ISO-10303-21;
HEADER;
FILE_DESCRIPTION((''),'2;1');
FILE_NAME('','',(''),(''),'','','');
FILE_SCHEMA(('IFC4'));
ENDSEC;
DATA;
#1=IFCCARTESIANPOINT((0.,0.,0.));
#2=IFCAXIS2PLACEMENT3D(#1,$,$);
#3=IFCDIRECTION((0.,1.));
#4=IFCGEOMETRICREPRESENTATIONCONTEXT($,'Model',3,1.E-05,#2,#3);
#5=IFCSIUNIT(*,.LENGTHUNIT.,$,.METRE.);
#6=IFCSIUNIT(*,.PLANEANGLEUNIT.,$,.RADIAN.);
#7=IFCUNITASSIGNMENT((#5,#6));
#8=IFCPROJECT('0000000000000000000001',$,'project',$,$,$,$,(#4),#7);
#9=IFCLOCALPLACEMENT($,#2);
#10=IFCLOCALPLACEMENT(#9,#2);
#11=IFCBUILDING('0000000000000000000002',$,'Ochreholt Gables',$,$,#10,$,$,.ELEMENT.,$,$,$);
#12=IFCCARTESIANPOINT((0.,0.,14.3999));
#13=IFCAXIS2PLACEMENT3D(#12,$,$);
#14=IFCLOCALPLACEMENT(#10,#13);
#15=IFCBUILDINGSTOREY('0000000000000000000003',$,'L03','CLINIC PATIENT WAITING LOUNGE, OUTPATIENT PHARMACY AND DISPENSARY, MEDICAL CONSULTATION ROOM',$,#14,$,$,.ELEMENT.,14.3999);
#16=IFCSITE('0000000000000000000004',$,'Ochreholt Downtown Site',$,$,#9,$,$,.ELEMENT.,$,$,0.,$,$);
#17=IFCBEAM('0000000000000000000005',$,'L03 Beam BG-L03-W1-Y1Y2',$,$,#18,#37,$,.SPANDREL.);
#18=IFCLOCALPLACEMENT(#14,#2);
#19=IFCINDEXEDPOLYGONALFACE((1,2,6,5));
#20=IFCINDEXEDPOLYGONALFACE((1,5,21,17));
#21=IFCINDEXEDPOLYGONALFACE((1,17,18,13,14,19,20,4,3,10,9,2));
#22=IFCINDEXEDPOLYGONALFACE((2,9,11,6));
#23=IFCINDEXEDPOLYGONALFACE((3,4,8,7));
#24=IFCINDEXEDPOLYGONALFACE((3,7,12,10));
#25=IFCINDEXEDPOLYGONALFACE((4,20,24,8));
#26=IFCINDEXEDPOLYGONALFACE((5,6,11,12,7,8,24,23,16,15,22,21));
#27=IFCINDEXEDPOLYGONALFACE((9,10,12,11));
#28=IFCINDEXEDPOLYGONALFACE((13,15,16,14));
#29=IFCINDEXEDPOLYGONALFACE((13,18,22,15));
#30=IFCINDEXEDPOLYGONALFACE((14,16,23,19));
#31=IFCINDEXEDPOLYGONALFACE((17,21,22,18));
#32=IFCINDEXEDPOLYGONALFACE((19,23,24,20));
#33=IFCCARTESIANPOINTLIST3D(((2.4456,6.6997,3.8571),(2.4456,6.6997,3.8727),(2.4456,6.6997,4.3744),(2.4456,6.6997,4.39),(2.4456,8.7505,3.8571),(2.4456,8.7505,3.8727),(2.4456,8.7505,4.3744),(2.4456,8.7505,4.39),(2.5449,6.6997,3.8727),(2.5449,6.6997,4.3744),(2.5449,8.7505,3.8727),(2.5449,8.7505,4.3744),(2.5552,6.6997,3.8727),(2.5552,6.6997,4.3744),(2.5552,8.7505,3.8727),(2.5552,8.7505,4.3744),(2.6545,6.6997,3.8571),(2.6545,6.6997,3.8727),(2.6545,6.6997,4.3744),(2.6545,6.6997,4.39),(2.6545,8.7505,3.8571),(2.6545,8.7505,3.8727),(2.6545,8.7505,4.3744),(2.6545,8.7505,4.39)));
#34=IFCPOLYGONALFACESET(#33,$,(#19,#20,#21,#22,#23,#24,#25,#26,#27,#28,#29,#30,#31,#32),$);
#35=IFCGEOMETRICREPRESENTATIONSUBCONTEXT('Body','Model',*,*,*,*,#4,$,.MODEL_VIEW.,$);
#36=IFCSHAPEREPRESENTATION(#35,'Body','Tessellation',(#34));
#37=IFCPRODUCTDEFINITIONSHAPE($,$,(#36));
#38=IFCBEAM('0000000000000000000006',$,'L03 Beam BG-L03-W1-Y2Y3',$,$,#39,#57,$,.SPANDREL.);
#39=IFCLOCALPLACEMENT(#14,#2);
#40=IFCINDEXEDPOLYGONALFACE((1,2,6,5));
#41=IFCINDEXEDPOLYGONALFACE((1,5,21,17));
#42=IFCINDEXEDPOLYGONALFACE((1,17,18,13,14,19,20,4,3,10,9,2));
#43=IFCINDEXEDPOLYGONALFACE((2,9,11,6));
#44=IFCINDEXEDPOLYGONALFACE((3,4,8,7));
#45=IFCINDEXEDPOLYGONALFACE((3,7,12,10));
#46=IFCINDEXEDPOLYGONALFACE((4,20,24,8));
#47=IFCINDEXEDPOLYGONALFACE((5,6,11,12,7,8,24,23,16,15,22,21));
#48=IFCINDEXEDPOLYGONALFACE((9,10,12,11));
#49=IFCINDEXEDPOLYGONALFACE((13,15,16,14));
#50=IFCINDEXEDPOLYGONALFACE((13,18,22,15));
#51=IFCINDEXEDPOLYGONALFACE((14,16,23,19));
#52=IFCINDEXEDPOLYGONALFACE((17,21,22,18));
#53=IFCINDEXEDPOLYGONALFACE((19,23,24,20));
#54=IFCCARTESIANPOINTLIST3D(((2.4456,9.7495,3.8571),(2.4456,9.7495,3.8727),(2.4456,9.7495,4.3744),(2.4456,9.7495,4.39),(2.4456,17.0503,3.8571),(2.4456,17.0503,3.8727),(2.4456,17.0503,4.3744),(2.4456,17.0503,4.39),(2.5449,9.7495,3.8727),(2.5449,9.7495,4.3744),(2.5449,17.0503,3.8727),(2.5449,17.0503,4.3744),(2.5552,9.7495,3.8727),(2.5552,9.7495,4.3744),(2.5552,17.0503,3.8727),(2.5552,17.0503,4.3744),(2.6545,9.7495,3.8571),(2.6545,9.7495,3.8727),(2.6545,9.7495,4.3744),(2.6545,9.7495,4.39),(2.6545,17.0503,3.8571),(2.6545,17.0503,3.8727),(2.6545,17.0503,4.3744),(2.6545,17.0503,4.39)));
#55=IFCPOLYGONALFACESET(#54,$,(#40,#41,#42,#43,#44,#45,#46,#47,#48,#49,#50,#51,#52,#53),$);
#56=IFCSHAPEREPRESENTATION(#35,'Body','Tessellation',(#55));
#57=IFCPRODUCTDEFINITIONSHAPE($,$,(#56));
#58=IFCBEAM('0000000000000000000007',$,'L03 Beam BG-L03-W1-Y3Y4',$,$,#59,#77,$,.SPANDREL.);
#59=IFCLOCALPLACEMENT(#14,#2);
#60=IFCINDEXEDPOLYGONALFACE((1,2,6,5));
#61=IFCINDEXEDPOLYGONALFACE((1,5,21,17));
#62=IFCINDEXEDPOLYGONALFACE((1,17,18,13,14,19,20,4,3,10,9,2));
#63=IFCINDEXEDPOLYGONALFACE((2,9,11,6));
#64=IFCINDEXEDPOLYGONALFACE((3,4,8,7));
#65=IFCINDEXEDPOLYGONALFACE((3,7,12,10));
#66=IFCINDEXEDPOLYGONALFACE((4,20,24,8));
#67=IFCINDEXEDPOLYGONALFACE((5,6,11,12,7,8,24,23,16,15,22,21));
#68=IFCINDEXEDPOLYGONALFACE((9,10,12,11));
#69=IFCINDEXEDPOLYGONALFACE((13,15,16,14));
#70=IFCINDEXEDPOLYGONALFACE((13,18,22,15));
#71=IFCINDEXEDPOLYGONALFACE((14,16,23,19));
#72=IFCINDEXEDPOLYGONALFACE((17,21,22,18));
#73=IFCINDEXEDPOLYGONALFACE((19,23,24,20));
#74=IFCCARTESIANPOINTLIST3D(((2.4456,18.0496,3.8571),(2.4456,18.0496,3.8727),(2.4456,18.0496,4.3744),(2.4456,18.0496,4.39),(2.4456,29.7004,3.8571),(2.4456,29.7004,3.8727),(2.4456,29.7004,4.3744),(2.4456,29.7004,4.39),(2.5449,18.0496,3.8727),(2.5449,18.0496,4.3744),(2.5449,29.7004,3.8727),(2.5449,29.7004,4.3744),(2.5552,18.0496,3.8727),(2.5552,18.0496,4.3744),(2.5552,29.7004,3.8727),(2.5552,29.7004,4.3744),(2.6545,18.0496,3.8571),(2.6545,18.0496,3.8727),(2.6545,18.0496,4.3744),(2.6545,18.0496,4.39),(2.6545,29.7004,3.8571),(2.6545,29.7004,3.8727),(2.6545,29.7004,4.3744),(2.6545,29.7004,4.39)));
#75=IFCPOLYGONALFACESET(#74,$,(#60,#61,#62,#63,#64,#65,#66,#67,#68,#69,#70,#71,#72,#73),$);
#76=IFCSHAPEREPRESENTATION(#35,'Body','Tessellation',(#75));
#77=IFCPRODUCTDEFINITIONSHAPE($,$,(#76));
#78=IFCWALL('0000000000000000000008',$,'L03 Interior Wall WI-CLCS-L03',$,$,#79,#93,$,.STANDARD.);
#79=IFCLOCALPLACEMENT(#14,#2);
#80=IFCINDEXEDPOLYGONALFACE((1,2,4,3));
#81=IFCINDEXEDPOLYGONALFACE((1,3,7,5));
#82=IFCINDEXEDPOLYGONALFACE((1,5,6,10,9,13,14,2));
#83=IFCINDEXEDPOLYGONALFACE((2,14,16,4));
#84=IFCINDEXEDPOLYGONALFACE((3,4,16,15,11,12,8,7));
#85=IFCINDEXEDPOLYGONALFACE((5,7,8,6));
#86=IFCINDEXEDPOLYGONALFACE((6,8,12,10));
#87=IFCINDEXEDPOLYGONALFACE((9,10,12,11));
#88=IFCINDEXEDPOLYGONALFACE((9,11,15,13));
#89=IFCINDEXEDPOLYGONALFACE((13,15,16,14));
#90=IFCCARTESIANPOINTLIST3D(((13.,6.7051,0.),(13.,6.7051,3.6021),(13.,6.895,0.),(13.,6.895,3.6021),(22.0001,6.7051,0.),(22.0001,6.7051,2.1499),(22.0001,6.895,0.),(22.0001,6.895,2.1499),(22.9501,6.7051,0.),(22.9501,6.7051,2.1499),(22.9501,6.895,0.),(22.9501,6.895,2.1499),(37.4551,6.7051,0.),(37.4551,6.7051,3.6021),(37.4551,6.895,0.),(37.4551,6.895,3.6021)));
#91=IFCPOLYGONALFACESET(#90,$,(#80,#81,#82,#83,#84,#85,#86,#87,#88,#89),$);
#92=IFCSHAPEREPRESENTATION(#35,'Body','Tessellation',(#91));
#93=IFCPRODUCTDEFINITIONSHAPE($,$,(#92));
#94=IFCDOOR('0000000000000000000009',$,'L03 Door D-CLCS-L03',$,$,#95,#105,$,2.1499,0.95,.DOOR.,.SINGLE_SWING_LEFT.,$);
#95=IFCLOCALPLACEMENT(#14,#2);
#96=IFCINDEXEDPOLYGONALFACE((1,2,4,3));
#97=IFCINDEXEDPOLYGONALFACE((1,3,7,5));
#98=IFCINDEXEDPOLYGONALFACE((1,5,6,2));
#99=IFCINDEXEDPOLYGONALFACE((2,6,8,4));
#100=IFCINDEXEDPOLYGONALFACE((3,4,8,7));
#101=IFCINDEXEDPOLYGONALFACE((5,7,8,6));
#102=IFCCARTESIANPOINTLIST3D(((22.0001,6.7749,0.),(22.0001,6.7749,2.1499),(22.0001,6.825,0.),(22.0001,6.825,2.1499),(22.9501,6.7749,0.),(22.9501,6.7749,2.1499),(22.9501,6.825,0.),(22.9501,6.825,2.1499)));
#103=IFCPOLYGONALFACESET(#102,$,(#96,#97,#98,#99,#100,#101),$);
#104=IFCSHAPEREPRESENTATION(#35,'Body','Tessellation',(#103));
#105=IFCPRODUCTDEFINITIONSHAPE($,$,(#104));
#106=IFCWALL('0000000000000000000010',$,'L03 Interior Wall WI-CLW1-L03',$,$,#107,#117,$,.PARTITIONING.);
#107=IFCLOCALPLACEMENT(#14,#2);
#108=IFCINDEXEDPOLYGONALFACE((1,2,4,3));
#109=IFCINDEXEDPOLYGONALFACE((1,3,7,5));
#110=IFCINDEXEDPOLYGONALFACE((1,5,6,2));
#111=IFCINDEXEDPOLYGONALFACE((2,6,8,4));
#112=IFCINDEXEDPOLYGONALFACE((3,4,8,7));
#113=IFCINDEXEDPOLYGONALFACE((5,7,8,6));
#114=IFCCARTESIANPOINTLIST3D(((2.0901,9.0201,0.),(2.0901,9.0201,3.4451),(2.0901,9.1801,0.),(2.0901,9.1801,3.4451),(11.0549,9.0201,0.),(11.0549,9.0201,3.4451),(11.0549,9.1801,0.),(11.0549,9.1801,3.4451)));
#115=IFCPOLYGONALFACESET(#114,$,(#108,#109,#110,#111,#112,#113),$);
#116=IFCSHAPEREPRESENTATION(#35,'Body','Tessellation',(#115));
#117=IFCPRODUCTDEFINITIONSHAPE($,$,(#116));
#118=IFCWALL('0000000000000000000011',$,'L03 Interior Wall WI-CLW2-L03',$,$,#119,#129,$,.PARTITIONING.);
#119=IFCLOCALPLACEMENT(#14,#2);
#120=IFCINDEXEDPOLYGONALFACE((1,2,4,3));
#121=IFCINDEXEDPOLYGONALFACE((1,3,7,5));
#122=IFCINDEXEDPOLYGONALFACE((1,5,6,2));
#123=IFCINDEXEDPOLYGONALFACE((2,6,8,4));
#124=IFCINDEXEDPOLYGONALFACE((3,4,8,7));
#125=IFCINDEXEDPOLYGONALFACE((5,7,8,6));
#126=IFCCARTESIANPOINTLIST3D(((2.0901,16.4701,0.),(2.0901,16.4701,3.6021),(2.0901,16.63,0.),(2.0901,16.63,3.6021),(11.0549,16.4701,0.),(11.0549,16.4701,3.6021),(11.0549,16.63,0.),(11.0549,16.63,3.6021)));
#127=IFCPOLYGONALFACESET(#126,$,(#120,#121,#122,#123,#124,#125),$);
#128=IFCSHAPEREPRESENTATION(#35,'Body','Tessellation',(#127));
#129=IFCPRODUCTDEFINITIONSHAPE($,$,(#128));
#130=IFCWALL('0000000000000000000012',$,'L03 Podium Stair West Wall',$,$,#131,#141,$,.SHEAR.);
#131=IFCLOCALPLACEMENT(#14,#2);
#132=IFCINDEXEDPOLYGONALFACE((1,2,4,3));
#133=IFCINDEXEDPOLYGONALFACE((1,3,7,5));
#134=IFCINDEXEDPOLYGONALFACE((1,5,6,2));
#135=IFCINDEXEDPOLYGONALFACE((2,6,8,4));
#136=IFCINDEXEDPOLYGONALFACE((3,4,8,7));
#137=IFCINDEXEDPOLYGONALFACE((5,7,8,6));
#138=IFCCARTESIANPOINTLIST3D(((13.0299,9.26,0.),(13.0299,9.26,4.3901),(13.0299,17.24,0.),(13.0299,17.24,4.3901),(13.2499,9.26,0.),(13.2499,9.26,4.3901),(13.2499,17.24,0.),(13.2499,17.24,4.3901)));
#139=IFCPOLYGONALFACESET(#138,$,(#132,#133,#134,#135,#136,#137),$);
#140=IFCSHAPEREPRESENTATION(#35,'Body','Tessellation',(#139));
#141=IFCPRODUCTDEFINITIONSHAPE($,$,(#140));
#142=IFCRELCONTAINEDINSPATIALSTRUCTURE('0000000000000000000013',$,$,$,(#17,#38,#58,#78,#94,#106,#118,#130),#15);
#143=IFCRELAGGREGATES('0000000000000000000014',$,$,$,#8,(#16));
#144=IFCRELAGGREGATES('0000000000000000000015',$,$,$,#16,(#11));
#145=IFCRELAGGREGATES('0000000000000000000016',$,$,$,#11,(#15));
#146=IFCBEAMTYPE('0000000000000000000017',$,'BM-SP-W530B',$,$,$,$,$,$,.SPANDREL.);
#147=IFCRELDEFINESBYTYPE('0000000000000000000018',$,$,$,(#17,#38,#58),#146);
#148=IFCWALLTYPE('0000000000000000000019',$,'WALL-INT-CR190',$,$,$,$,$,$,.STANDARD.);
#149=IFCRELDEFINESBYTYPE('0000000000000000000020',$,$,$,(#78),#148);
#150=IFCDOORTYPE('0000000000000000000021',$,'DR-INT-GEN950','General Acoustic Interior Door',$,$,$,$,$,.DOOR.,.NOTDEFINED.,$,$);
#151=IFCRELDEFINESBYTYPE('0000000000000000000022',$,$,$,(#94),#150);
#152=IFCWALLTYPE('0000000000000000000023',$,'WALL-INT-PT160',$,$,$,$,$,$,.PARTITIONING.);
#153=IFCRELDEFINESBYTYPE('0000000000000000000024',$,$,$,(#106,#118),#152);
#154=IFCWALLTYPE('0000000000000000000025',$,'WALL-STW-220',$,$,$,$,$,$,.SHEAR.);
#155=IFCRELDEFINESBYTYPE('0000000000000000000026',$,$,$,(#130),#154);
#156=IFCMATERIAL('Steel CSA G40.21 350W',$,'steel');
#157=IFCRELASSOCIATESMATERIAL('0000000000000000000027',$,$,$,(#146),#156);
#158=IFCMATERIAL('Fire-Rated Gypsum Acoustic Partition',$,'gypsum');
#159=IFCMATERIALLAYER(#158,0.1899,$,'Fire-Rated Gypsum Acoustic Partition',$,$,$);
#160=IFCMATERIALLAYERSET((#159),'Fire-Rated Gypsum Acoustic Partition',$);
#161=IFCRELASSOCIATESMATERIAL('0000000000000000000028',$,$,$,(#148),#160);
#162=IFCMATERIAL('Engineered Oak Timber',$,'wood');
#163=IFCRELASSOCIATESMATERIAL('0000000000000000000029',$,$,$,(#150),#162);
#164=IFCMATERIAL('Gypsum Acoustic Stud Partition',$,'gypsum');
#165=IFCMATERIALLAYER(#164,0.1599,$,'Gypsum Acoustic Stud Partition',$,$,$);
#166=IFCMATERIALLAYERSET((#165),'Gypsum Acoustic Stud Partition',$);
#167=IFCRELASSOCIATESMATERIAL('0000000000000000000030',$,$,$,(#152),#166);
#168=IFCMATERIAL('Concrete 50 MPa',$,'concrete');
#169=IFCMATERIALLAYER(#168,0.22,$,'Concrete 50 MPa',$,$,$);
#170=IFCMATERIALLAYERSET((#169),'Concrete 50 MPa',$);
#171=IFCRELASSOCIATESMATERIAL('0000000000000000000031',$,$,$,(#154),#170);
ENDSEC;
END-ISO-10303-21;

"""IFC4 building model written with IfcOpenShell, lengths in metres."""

from ifc_helpers import new_model, si_unit, direction, frame, frame_2d, origin, origin_2d, place, context, subcontext, project, spatial, rectangle, i_section, extrude, material, layer, layer_set, material_profile, profile_set, type_object, element, fill, save


model = new_model("IFC4")

# Units and contexts
model_context = context("Model", 3, precision=1e-05, world=origin(), true_north=direction((0.0, 1.0)))
body_context = subcontext(model_context, "Body", "Model", "MODEL_VIEW")
ifc_project = project(units=[si_unit("LENGTHUNIT", "METRE"), si_unit("PLANEANGLEUNIT", "RADIAN")], contexts=[model_context])

# Site, building, storey
site_placement = place(None, origin())
site = spatial("IfcSite", under=ifc_project, at=site_placement, Name="Ochreholt Downtown Site", CompositionType="ELEMENT", RefElevation=0.0)
building_placement = place(site_placement, origin())
building = spatial("IfcBuilding", under=site, at=building_placement, Name="Ochreholt Gables", CompositionType="ELEMENT")
storey_placement = place(building_placement, frame((0.0, 0.0, 14.3999)))
storey = spatial("IfcBuildingStorey", under=building, at=storey_placement, Name="L03", Description="CLINIC PATIENT WAITING LOUNGE, OUTPATIENT PHARMACY AND DISPENSARY, MEDICAL CONSULTATION ROOM", CompositionType="ELEMENT", Elevation=14.3999)

# Beams
ifc_material_1 = material(Name="Steel CSA G40.21 350W", Category="steel")
ifc_material_profile_1 = material_profile(ifc_material_1, i_section(OverallWidth=0.209, OverallDepth=0.533, WebThickness=0.0103, FlangeThickness=0.0156, at=origin_2d()), Name="W530X92")
ifc_profile_set_1 = profile_set([ifc_material_profile_1], Name="Steel CSA G40.21 350W")
beam_type_1 = type_object("IfcBeamType", Name="BM-SP-W530B", PredefinedType="SPANDREL", material=ifc_profile_set_1)
beam_1_placement = place(storey_placement, frame((2.55, 6.6997, 4.1235), z_axis=(0.0, 1.0, 0.0), x_axis=(-1.0, 0.0, 0.0)))
element("IfcBeam", 1, at=beam_1_placement, inside=storey, type_object=beam_type_1, Name="L03 Beam BG-L03-W1-Y1Y2", PredefinedType="SPANDREL", context=body_context, shape_type="SweptSolid", body=[
    extrude(i_section(OverallWidth=0.209, OverallDepth=0.533, WebThickness=0.0103, FlangeThickness=0.0156, at=origin_2d()), origin(), (0.0, 0.0, 1.0), 2.0508),
])
beam_2_placement = place(storey_placement, frame((2.55, 9.7495, 4.1235), z_axis=(0.0, 1.0, 0.0), x_axis=(-1.0, 0.0, 0.0)))
element("IfcBeam", 2, at=beam_2_placement, inside=storey, type_object=beam_type_1, Name="L03 Beam BG-L03-W1-Y2Y3", PredefinedType="SPANDREL", context=body_context, shape_type="SweptSolid", body=[
    extrude(i_section(OverallWidth=0.209, OverallDepth=0.533, WebThickness=0.0103, FlangeThickness=0.0156, at=origin_2d()), origin(), (0.0, 0.0, 1.0), 7.3008),
])
beam_3_placement = place(storey_placement, frame((2.55, 18.0496, 4.1235), z_axis=(0.0, 1.0, 0.0), x_axis=(-1.0, 0.0, 0.0)))
element("IfcBeam", 3, at=beam_3_placement, inside=storey, type_object=beam_type_1, Name="L03 Beam BG-L03-W1-Y3Y4", PredefinedType="SPANDREL", context=body_context, shape_type="SweptSolid", body=[
    extrude(i_section(OverallWidth=0.209, OverallDepth=0.533, WebThickness=0.0103, FlangeThickness=0.0156, at=origin_2d()), origin(), (0.0, 0.0, 1.0), 11.6509),
])

# Wall, opening, door
ifc_material_2 = material(Name="Fire-Rated Gypsum Acoustic Partition", Category="gypsum")
ifc_layer_1 = layer(ifc_material_2, 0.1899, Name="Fire-Rated Gypsum Acoustic Partition")
ifc_layer_set_1 = layer_set([ifc_layer_1], Name="Fire-Rated Gypsum Acoustic Partition")
wall_type_1 = type_object("IfcWallType", Name="WALL-INT-CR190", PredefinedType="STANDARD", material=ifc_layer_set_1)
wall_1_placement = place(storey_placement, frame((13.0, 6.8, 0.0), z_axis=(0.0, 0.0, 1.0), x_axis=(1.0, 0.0, 0.0)))
wall_1 = element("IfcWall", 4, at=wall_1_placement, inside=storey, type_object=wall_type_1, Name="L03 Interior Wall WI-CLCS-L03", PredefinedType="STANDARD", context=body_context, shape_type="SweptSolid", body=[
    extrude(rectangle(XDim=24.4551, YDim=0.1899, at=frame_2d((12.2275, 0.0))), origin(), (0.0, 0.0, 1.0), 3.6021),
])
opening_placement = place(wall_1_placement, frame((9.0, 0.0, 0.0)))
opening = element("IfcOpeningElement", 5, at=opening_placement, cuts=wall_1, PredefinedType="OPENING", context=body_context, shape_type="SweptSolid", body=[
    extrude(rectangle(XDim=0.95, YDim=2.1499, at=frame_2d((0.4751, 1.075))), frame((0.0, 0.105, 0.0), z_axis=(0.0, -1.0, 0.0), x_axis=(1.0, 0.0, 0.0)), (0.0, 0.0, 1.0), 0.21),
])
ifc_material_3 = material(Name="Engineered Oak Timber", Category="wood")
door_type = type_object("IfcDoorType", Name="DR-INT-GEN950", Description="General Acoustic Interior Door", OperationType="NOTDEFINED", PredefinedType="DOOR", material=ifc_material_3)
door_placement = place(opening_placement, origin())
door = element("IfcDoor", 6, at=door_placement, inside=storey, type_object=door_type, Name="L03 Door D-CLCS-L03", OperationType="SINGLE_SWING_LEFT", OverallHeight=2.1499, OverallWidth=0.95, PredefinedType="DOOR", context=body_context, shape_type="SweptSolid", body=[
    extrude(rectangle(XDim=0.95, YDim=2.1499, at=frame_2d((0.4751, 1.075))), frame((0.0, 0.0249, 0.0), z_axis=(0.0, -1.0, 0.0), x_axis=(1.0, 0.0, 0.0)), (0.0, 0.0, 1.0), 0.05),
])
fill(opening, door)

# Walls
ifc_material_4 = material(Name="Gypsum Acoustic Stud Partition", Category="gypsum")
ifc_layer_2 = layer(ifc_material_4, 0.1599, Name="Gypsum Acoustic Stud Partition")
ifc_layer_set_2 = layer_set([ifc_layer_2], Name="Gypsum Acoustic Stud Partition")
wall_type_2 = type_object("IfcWallType", Name="WALL-INT-PT160", PredefinedType="PARTITIONING", material=ifc_layer_set_2)
wall_2_placement = place(storey_placement, frame((2.0901, 9.1001, 0.0), z_axis=(0.0, 0.0, 1.0), x_axis=(1.0, 0.0, 0.0)))
element("IfcWall", 7, at=wall_2_placement, inside=storey, type_object=wall_type_2, Name="L03 Interior Wall WI-CLW1-L03", PredefinedType="PARTITIONING", context=body_context, shape_type="SweptSolid", body=[
    extrude(rectangle(XDim=8.9648, YDim=0.1599, at=frame_2d((4.4824, 0.0))), origin(), (0.0, 0.0, 1.0), 3.4451),
])
wall_3_placement = place(storey_placement, frame((2.0901, 16.55, 0.0), z_axis=(0.0, 0.0, 1.0), x_axis=(1.0, 0.0, 0.0)))
element("IfcWall", 8, at=wall_3_placement, inside=storey, type_object=wall_type_2, Name="L03 Interior Wall WI-CLW2-L03", PredefinedType="PARTITIONING", context=body_context, shape_type="SweptSolid", body=[
    extrude(rectangle(XDim=8.9648, YDim=0.1599, at=frame_2d((4.4824, 0.0))), origin(), (0.0, 0.0, 1.0), 3.6021),
])
ifc_material_5 = material(Name="Concrete 50 MPa", Category="concrete")
ifc_layer_3 = layer(ifc_material_5, 0.22, Name="Concrete 50 MPa")
ifc_layer_set_3 = layer_set([ifc_layer_3], Name="Concrete 50 MPa")
wall_type_3 = type_object("IfcWallType", Name="WALL-STW-220", PredefinedType="SHEAR", material=ifc_layer_set_3)
wall_4_placement = place(storey_placement, frame((13.1399, 9.26, 0.0), z_axis=(0.0, 0.0, 1.0), x_axis=(0.0, 1.0, 0.0)))
element("IfcWall", 9, at=wall_4_placement, inside=storey, type_object=wall_type_3, Name="L03 Podium Stair West Wall", PredefinedType="SHEAR", context=body_context, shape_type="SweptSolid", body=[
    extrude(rectangle(XDim=7.98, YDim=0.22, at=frame_2d((3.99, 0.0))), origin(), (0.0, 0.0, 1.0), 4.3901),
])

save(model, "model.ifc")
